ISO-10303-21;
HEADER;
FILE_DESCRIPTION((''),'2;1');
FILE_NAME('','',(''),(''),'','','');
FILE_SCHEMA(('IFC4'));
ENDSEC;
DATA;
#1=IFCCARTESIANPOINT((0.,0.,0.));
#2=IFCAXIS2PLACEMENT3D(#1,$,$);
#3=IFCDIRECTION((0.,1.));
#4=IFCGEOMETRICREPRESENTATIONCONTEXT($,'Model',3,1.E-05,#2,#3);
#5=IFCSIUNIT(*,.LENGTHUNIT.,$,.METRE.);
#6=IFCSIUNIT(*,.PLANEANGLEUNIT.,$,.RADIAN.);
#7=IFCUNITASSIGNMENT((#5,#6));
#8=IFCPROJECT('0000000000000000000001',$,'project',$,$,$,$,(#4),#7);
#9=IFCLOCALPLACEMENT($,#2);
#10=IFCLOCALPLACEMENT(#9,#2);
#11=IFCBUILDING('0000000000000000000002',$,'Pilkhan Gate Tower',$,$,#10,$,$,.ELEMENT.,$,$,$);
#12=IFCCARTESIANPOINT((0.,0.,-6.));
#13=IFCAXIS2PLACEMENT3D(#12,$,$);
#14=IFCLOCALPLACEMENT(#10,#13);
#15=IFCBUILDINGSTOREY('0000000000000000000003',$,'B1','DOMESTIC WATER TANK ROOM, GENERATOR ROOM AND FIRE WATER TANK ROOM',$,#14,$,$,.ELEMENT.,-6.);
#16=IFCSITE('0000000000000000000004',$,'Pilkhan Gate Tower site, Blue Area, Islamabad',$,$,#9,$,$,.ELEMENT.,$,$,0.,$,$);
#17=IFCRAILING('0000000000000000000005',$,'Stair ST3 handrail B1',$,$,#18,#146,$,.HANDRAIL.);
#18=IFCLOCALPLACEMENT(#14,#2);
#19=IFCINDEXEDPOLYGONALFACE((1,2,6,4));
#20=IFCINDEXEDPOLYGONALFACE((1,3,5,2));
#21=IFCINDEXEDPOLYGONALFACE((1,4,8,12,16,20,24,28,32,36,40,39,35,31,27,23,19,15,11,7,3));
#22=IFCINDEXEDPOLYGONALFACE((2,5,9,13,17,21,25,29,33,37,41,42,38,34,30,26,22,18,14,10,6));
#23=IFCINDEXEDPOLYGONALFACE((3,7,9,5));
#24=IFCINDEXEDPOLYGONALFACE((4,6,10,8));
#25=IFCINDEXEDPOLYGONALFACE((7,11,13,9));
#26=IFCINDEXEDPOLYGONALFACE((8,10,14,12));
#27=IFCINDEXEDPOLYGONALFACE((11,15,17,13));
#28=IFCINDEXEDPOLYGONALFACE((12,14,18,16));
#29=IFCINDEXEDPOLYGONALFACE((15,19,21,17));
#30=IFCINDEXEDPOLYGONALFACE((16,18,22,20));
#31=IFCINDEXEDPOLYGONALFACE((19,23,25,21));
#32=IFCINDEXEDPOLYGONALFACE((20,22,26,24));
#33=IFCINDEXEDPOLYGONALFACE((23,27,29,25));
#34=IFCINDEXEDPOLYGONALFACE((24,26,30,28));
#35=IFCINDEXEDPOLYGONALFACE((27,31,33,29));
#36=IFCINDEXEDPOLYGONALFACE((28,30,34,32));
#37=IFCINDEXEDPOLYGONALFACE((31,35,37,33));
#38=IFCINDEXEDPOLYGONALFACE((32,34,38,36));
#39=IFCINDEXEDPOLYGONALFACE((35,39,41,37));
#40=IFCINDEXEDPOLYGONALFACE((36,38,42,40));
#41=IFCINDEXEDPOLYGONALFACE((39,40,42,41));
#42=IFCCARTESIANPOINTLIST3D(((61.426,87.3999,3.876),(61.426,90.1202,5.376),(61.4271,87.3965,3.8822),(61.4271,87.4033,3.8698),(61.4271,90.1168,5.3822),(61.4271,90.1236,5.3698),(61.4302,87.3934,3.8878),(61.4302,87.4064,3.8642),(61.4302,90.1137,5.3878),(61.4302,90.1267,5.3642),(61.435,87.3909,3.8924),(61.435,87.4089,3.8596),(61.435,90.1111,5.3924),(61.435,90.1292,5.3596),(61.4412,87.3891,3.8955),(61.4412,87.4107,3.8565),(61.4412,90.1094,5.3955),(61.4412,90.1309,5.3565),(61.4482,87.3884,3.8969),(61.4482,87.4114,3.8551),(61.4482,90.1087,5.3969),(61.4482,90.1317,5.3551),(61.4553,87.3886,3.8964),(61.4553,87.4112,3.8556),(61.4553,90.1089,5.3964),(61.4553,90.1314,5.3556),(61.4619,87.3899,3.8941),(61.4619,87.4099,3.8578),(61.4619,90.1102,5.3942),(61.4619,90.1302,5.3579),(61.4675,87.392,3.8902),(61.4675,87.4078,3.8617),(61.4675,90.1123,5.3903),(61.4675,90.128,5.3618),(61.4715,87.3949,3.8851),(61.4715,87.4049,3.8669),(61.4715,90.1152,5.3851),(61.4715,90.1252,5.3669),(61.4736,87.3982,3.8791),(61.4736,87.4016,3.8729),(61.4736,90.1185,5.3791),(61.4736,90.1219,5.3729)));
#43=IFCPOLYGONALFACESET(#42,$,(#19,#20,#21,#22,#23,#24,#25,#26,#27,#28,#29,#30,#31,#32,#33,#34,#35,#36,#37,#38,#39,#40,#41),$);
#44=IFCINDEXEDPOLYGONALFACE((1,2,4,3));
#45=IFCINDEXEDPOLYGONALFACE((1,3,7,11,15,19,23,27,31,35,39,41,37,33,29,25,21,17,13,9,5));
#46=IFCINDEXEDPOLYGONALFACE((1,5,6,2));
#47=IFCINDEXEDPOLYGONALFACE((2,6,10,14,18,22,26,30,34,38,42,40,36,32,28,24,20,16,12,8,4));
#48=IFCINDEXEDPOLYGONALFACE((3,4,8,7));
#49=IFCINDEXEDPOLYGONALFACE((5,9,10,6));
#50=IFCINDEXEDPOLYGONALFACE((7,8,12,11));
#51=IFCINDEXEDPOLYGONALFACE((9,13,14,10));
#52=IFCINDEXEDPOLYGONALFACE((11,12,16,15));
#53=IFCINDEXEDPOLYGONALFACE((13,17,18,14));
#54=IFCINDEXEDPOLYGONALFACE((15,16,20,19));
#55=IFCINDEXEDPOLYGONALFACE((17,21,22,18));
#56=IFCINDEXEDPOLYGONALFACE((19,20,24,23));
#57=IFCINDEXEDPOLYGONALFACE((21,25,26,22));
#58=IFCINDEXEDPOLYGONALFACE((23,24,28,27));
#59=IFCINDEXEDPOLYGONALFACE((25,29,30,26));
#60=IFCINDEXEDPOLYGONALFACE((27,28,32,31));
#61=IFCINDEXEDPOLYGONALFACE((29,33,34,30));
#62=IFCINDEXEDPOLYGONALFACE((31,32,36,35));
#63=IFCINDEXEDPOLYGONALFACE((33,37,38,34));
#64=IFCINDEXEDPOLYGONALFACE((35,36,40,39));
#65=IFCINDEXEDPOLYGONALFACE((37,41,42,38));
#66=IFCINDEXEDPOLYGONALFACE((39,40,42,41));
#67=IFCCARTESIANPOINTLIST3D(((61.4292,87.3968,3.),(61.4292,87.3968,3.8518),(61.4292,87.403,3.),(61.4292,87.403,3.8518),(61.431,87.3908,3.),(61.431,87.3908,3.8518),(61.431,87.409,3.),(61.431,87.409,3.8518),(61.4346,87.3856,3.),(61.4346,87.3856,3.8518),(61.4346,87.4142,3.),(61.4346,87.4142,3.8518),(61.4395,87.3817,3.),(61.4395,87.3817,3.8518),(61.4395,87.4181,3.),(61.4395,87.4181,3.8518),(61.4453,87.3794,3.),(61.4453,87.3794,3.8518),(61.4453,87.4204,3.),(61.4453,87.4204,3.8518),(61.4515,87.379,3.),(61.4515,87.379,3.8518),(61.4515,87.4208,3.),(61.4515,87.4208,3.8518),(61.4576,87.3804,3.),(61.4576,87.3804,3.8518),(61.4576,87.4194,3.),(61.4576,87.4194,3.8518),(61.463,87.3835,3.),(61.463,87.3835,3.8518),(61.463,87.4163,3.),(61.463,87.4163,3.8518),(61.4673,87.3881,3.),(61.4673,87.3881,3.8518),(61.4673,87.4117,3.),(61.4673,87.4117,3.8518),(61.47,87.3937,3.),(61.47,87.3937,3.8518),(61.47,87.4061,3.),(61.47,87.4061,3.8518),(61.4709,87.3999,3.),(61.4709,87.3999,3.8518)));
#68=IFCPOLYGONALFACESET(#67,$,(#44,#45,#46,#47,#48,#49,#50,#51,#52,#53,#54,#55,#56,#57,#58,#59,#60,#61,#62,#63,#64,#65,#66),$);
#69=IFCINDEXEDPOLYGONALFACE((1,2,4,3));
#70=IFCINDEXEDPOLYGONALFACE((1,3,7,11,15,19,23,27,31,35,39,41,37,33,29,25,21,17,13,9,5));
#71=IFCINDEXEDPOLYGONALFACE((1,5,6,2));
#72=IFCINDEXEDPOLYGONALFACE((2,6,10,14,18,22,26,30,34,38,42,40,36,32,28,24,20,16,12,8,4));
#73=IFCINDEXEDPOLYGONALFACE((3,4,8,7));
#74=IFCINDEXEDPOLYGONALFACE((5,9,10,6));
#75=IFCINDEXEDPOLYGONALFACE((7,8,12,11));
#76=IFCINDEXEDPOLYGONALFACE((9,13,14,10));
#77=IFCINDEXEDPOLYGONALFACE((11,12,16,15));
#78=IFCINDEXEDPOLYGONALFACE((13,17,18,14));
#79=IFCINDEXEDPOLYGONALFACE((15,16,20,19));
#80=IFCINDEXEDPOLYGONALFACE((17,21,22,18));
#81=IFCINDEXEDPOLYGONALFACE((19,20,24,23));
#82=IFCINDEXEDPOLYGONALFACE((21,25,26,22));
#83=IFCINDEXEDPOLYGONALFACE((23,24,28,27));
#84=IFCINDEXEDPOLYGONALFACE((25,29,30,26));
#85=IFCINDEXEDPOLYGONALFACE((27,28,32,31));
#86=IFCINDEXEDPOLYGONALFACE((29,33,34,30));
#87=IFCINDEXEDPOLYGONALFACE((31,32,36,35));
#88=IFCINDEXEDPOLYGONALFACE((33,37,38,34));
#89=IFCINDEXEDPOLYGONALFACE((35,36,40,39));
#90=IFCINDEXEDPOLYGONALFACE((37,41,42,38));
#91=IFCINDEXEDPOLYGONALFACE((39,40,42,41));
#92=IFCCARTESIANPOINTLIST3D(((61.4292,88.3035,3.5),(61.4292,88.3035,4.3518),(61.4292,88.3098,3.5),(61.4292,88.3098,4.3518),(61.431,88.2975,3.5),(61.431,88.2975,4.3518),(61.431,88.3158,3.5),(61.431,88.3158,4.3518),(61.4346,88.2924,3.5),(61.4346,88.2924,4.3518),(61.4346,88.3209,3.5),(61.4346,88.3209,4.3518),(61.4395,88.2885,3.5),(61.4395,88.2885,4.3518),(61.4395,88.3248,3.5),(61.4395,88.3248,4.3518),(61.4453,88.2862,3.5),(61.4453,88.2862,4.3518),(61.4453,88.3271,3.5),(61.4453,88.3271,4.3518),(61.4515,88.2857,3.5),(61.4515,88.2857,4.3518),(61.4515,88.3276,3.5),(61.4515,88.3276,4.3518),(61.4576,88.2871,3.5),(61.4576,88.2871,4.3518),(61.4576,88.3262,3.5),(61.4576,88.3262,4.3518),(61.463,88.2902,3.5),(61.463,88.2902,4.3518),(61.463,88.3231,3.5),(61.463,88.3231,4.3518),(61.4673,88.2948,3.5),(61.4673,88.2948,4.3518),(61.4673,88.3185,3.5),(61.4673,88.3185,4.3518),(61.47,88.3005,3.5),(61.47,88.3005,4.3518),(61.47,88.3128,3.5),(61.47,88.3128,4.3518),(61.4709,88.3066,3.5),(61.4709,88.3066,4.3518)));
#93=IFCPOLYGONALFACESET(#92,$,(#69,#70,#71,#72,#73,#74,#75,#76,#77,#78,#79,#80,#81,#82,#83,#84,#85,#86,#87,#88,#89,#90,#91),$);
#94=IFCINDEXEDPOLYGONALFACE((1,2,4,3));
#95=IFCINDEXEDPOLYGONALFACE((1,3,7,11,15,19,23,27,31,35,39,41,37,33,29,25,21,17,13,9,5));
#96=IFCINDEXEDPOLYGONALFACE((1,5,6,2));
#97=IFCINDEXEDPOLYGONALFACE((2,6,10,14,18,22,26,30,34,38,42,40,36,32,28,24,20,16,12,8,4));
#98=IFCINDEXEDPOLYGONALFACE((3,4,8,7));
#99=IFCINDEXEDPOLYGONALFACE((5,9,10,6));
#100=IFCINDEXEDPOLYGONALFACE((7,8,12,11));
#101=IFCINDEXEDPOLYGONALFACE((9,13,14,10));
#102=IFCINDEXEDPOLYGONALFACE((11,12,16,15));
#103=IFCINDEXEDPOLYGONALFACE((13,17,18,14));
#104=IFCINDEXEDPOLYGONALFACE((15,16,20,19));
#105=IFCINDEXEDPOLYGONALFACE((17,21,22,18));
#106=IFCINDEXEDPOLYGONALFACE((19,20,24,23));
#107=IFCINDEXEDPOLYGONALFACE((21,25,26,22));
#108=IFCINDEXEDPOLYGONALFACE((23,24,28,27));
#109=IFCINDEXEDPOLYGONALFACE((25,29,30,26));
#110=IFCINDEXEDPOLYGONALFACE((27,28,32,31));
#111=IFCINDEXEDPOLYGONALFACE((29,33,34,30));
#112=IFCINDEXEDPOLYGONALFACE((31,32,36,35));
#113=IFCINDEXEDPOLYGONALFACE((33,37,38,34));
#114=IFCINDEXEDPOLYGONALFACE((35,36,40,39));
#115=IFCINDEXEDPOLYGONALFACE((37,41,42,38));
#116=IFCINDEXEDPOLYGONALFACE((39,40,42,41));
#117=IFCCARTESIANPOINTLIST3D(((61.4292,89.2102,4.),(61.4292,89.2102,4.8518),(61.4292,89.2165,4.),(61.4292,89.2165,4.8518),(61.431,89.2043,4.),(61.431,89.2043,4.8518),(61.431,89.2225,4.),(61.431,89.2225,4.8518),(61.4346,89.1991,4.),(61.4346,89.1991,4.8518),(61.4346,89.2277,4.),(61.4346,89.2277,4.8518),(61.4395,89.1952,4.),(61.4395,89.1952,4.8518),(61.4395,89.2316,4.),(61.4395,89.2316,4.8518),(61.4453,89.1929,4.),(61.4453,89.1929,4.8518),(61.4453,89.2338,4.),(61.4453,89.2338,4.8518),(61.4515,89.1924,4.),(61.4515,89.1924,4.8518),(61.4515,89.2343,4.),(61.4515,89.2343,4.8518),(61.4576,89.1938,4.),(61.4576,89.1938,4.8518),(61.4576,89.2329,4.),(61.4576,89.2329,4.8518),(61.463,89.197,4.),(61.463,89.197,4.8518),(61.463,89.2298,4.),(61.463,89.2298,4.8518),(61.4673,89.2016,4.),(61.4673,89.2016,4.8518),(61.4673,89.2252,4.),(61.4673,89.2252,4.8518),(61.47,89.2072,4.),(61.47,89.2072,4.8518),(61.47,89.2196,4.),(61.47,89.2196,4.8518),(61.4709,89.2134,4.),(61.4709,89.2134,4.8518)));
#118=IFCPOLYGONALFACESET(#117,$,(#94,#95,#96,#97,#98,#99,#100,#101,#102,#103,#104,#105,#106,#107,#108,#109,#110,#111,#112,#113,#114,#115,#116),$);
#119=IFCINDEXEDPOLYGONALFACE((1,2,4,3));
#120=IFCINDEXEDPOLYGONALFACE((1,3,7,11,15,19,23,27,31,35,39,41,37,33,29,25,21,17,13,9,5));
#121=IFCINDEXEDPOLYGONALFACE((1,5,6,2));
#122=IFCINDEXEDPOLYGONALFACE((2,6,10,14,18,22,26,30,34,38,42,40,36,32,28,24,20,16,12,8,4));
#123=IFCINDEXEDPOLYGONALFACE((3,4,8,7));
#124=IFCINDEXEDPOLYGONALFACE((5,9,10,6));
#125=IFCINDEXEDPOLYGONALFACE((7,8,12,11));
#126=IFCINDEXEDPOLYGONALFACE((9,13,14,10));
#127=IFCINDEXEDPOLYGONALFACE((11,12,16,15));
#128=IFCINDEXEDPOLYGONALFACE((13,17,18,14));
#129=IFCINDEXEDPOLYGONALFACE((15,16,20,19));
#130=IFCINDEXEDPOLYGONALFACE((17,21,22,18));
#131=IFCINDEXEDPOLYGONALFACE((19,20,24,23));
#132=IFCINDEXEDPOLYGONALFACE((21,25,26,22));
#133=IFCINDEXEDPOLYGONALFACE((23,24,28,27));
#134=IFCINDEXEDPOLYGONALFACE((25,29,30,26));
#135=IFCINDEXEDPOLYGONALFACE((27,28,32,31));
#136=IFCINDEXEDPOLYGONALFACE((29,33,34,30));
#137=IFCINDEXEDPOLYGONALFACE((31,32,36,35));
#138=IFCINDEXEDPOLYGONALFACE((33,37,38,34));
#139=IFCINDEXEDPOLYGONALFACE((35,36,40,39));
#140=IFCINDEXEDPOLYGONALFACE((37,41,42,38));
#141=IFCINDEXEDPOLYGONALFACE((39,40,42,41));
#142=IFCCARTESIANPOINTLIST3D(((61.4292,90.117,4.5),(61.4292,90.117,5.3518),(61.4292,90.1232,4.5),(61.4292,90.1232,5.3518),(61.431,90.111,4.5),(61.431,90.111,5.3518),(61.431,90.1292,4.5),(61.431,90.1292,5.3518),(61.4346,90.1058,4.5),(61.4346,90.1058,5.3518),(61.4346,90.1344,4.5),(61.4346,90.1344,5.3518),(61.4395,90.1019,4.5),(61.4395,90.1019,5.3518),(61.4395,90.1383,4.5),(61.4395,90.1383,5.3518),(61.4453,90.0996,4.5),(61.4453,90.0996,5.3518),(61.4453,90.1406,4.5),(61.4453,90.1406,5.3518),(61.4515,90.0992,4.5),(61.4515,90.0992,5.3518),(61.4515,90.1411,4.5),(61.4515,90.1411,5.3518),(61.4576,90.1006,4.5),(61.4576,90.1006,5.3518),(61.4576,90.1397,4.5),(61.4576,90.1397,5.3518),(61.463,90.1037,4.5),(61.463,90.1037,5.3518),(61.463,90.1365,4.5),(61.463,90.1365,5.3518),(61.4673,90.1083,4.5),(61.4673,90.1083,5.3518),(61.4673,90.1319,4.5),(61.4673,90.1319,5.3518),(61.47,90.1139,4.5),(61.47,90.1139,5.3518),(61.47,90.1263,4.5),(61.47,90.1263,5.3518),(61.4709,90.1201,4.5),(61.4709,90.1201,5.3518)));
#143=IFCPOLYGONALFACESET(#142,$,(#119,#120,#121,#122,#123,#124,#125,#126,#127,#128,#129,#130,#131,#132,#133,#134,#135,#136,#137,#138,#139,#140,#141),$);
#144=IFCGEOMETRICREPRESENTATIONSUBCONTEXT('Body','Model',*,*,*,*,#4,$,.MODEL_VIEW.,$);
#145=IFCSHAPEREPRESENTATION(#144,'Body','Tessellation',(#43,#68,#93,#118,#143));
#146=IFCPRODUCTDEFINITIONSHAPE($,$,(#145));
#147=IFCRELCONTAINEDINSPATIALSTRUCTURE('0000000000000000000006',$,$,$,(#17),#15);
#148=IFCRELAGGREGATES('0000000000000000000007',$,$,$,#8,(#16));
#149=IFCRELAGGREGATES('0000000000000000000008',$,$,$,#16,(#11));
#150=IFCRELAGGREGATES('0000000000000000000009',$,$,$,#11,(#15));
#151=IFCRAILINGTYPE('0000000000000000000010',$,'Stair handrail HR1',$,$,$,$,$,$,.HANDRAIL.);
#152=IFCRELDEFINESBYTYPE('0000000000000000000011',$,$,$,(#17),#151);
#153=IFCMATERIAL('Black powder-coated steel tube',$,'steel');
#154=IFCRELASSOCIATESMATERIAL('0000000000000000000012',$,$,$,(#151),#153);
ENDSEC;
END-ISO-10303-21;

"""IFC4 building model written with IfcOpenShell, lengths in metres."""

from ifc_helpers import new_model, si_unit, direction, frame, origin, origin_2d, place, context, subcontext, project, spatial, circle, extrude, material, type_object, element, save


model = new_model("IFC4")

# Units and contexts
model_context = context("Model", 3, precision=1e-05, world=origin(), true_north=direction((0.0, 1.0)))
body_context = subcontext(model_context, "Body", "Model", "MODEL_VIEW")
ifc_project = project(units=[si_unit("LENGTHUNIT", "METRE"), si_unit("PLANEANGLEUNIT", "RADIAN")], contexts=[model_context])

# Site, building, storey
site_placement = place(None, origin())
site = spatial("IfcSite", under=ifc_project, at=site_placement, Name="Pilkhan Gate Tower site, Blue Area, Islamabad", CompositionType="ELEMENT", RefElevation=0.0)
building_placement = place(site_placement, origin())
building = spatial("IfcBuilding", under=site, at=building_placement, Name="Pilkhan Gate Tower", CompositionType="ELEMENT")
storey_placement = place(building_placement, frame((0.0, 0.0, -6.0)))
storey = spatial("IfcBuildingStorey", under=building, at=storey_placement, Name="B1", Description="DOMESTIC WATER TANK ROOM, GENERATOR ROOM AND FIRE WATER TANK ROOM", CompositionType="ELEMENT", Elevation=-6.0)

# Railing
ifc_material_1 = material(Name="Black powder-coated steel tube", Category="steel")
railing_type_1 = type_object("IfcRailingType", Name="Stair handrail HR1", PredefinedType="HANDRAIL", material=ifc_material_1)
railing_1_placement = place(storey_placement, frame((61.45, 87.3999, 3.0)))
element("IfcRailing", 1, at=railing_1_placement, inside=storey, type_object=railing_type_1, Name="Stair ST3 handrail B1", PredefinedType="HANDRAIL", context=body_context, shape_type="SweptSolid", body=[
    extrude(circle(Radius=0.0239, at=origin_2d()), frame((0.0, 0.0, 0.876), z_axis=(0.0, 0.875688, 0.482878), x_axis=(-1.0, 0.0, 0.0)), (0.0, 0.0, 1.0), 3.1064),
    extrude(circle(Radius=0.021, at=origin_2d()), origin(), (0.0, 0.0, 1.0), 0.8518),
    extrude(circle(Radius=0.021, at=origin_2d()), frame((0.0, 0.9067, 0.5)), (0.0, 0.0, 1.0), 0.8518),
    extrude(circle(Radius=0.021, at=origin_2d()), frame((0.0, 1.8135, 1.0)), (0.0, 0.0, 1.0), 0.8518),
    extrude(circle(Radius=0.021, at=origin_2d()), frame((0.0, 2.7202, 1.5)), (0.0, 0.0, 1.0), 0.8518),
])

save(model, "model.ifc")
